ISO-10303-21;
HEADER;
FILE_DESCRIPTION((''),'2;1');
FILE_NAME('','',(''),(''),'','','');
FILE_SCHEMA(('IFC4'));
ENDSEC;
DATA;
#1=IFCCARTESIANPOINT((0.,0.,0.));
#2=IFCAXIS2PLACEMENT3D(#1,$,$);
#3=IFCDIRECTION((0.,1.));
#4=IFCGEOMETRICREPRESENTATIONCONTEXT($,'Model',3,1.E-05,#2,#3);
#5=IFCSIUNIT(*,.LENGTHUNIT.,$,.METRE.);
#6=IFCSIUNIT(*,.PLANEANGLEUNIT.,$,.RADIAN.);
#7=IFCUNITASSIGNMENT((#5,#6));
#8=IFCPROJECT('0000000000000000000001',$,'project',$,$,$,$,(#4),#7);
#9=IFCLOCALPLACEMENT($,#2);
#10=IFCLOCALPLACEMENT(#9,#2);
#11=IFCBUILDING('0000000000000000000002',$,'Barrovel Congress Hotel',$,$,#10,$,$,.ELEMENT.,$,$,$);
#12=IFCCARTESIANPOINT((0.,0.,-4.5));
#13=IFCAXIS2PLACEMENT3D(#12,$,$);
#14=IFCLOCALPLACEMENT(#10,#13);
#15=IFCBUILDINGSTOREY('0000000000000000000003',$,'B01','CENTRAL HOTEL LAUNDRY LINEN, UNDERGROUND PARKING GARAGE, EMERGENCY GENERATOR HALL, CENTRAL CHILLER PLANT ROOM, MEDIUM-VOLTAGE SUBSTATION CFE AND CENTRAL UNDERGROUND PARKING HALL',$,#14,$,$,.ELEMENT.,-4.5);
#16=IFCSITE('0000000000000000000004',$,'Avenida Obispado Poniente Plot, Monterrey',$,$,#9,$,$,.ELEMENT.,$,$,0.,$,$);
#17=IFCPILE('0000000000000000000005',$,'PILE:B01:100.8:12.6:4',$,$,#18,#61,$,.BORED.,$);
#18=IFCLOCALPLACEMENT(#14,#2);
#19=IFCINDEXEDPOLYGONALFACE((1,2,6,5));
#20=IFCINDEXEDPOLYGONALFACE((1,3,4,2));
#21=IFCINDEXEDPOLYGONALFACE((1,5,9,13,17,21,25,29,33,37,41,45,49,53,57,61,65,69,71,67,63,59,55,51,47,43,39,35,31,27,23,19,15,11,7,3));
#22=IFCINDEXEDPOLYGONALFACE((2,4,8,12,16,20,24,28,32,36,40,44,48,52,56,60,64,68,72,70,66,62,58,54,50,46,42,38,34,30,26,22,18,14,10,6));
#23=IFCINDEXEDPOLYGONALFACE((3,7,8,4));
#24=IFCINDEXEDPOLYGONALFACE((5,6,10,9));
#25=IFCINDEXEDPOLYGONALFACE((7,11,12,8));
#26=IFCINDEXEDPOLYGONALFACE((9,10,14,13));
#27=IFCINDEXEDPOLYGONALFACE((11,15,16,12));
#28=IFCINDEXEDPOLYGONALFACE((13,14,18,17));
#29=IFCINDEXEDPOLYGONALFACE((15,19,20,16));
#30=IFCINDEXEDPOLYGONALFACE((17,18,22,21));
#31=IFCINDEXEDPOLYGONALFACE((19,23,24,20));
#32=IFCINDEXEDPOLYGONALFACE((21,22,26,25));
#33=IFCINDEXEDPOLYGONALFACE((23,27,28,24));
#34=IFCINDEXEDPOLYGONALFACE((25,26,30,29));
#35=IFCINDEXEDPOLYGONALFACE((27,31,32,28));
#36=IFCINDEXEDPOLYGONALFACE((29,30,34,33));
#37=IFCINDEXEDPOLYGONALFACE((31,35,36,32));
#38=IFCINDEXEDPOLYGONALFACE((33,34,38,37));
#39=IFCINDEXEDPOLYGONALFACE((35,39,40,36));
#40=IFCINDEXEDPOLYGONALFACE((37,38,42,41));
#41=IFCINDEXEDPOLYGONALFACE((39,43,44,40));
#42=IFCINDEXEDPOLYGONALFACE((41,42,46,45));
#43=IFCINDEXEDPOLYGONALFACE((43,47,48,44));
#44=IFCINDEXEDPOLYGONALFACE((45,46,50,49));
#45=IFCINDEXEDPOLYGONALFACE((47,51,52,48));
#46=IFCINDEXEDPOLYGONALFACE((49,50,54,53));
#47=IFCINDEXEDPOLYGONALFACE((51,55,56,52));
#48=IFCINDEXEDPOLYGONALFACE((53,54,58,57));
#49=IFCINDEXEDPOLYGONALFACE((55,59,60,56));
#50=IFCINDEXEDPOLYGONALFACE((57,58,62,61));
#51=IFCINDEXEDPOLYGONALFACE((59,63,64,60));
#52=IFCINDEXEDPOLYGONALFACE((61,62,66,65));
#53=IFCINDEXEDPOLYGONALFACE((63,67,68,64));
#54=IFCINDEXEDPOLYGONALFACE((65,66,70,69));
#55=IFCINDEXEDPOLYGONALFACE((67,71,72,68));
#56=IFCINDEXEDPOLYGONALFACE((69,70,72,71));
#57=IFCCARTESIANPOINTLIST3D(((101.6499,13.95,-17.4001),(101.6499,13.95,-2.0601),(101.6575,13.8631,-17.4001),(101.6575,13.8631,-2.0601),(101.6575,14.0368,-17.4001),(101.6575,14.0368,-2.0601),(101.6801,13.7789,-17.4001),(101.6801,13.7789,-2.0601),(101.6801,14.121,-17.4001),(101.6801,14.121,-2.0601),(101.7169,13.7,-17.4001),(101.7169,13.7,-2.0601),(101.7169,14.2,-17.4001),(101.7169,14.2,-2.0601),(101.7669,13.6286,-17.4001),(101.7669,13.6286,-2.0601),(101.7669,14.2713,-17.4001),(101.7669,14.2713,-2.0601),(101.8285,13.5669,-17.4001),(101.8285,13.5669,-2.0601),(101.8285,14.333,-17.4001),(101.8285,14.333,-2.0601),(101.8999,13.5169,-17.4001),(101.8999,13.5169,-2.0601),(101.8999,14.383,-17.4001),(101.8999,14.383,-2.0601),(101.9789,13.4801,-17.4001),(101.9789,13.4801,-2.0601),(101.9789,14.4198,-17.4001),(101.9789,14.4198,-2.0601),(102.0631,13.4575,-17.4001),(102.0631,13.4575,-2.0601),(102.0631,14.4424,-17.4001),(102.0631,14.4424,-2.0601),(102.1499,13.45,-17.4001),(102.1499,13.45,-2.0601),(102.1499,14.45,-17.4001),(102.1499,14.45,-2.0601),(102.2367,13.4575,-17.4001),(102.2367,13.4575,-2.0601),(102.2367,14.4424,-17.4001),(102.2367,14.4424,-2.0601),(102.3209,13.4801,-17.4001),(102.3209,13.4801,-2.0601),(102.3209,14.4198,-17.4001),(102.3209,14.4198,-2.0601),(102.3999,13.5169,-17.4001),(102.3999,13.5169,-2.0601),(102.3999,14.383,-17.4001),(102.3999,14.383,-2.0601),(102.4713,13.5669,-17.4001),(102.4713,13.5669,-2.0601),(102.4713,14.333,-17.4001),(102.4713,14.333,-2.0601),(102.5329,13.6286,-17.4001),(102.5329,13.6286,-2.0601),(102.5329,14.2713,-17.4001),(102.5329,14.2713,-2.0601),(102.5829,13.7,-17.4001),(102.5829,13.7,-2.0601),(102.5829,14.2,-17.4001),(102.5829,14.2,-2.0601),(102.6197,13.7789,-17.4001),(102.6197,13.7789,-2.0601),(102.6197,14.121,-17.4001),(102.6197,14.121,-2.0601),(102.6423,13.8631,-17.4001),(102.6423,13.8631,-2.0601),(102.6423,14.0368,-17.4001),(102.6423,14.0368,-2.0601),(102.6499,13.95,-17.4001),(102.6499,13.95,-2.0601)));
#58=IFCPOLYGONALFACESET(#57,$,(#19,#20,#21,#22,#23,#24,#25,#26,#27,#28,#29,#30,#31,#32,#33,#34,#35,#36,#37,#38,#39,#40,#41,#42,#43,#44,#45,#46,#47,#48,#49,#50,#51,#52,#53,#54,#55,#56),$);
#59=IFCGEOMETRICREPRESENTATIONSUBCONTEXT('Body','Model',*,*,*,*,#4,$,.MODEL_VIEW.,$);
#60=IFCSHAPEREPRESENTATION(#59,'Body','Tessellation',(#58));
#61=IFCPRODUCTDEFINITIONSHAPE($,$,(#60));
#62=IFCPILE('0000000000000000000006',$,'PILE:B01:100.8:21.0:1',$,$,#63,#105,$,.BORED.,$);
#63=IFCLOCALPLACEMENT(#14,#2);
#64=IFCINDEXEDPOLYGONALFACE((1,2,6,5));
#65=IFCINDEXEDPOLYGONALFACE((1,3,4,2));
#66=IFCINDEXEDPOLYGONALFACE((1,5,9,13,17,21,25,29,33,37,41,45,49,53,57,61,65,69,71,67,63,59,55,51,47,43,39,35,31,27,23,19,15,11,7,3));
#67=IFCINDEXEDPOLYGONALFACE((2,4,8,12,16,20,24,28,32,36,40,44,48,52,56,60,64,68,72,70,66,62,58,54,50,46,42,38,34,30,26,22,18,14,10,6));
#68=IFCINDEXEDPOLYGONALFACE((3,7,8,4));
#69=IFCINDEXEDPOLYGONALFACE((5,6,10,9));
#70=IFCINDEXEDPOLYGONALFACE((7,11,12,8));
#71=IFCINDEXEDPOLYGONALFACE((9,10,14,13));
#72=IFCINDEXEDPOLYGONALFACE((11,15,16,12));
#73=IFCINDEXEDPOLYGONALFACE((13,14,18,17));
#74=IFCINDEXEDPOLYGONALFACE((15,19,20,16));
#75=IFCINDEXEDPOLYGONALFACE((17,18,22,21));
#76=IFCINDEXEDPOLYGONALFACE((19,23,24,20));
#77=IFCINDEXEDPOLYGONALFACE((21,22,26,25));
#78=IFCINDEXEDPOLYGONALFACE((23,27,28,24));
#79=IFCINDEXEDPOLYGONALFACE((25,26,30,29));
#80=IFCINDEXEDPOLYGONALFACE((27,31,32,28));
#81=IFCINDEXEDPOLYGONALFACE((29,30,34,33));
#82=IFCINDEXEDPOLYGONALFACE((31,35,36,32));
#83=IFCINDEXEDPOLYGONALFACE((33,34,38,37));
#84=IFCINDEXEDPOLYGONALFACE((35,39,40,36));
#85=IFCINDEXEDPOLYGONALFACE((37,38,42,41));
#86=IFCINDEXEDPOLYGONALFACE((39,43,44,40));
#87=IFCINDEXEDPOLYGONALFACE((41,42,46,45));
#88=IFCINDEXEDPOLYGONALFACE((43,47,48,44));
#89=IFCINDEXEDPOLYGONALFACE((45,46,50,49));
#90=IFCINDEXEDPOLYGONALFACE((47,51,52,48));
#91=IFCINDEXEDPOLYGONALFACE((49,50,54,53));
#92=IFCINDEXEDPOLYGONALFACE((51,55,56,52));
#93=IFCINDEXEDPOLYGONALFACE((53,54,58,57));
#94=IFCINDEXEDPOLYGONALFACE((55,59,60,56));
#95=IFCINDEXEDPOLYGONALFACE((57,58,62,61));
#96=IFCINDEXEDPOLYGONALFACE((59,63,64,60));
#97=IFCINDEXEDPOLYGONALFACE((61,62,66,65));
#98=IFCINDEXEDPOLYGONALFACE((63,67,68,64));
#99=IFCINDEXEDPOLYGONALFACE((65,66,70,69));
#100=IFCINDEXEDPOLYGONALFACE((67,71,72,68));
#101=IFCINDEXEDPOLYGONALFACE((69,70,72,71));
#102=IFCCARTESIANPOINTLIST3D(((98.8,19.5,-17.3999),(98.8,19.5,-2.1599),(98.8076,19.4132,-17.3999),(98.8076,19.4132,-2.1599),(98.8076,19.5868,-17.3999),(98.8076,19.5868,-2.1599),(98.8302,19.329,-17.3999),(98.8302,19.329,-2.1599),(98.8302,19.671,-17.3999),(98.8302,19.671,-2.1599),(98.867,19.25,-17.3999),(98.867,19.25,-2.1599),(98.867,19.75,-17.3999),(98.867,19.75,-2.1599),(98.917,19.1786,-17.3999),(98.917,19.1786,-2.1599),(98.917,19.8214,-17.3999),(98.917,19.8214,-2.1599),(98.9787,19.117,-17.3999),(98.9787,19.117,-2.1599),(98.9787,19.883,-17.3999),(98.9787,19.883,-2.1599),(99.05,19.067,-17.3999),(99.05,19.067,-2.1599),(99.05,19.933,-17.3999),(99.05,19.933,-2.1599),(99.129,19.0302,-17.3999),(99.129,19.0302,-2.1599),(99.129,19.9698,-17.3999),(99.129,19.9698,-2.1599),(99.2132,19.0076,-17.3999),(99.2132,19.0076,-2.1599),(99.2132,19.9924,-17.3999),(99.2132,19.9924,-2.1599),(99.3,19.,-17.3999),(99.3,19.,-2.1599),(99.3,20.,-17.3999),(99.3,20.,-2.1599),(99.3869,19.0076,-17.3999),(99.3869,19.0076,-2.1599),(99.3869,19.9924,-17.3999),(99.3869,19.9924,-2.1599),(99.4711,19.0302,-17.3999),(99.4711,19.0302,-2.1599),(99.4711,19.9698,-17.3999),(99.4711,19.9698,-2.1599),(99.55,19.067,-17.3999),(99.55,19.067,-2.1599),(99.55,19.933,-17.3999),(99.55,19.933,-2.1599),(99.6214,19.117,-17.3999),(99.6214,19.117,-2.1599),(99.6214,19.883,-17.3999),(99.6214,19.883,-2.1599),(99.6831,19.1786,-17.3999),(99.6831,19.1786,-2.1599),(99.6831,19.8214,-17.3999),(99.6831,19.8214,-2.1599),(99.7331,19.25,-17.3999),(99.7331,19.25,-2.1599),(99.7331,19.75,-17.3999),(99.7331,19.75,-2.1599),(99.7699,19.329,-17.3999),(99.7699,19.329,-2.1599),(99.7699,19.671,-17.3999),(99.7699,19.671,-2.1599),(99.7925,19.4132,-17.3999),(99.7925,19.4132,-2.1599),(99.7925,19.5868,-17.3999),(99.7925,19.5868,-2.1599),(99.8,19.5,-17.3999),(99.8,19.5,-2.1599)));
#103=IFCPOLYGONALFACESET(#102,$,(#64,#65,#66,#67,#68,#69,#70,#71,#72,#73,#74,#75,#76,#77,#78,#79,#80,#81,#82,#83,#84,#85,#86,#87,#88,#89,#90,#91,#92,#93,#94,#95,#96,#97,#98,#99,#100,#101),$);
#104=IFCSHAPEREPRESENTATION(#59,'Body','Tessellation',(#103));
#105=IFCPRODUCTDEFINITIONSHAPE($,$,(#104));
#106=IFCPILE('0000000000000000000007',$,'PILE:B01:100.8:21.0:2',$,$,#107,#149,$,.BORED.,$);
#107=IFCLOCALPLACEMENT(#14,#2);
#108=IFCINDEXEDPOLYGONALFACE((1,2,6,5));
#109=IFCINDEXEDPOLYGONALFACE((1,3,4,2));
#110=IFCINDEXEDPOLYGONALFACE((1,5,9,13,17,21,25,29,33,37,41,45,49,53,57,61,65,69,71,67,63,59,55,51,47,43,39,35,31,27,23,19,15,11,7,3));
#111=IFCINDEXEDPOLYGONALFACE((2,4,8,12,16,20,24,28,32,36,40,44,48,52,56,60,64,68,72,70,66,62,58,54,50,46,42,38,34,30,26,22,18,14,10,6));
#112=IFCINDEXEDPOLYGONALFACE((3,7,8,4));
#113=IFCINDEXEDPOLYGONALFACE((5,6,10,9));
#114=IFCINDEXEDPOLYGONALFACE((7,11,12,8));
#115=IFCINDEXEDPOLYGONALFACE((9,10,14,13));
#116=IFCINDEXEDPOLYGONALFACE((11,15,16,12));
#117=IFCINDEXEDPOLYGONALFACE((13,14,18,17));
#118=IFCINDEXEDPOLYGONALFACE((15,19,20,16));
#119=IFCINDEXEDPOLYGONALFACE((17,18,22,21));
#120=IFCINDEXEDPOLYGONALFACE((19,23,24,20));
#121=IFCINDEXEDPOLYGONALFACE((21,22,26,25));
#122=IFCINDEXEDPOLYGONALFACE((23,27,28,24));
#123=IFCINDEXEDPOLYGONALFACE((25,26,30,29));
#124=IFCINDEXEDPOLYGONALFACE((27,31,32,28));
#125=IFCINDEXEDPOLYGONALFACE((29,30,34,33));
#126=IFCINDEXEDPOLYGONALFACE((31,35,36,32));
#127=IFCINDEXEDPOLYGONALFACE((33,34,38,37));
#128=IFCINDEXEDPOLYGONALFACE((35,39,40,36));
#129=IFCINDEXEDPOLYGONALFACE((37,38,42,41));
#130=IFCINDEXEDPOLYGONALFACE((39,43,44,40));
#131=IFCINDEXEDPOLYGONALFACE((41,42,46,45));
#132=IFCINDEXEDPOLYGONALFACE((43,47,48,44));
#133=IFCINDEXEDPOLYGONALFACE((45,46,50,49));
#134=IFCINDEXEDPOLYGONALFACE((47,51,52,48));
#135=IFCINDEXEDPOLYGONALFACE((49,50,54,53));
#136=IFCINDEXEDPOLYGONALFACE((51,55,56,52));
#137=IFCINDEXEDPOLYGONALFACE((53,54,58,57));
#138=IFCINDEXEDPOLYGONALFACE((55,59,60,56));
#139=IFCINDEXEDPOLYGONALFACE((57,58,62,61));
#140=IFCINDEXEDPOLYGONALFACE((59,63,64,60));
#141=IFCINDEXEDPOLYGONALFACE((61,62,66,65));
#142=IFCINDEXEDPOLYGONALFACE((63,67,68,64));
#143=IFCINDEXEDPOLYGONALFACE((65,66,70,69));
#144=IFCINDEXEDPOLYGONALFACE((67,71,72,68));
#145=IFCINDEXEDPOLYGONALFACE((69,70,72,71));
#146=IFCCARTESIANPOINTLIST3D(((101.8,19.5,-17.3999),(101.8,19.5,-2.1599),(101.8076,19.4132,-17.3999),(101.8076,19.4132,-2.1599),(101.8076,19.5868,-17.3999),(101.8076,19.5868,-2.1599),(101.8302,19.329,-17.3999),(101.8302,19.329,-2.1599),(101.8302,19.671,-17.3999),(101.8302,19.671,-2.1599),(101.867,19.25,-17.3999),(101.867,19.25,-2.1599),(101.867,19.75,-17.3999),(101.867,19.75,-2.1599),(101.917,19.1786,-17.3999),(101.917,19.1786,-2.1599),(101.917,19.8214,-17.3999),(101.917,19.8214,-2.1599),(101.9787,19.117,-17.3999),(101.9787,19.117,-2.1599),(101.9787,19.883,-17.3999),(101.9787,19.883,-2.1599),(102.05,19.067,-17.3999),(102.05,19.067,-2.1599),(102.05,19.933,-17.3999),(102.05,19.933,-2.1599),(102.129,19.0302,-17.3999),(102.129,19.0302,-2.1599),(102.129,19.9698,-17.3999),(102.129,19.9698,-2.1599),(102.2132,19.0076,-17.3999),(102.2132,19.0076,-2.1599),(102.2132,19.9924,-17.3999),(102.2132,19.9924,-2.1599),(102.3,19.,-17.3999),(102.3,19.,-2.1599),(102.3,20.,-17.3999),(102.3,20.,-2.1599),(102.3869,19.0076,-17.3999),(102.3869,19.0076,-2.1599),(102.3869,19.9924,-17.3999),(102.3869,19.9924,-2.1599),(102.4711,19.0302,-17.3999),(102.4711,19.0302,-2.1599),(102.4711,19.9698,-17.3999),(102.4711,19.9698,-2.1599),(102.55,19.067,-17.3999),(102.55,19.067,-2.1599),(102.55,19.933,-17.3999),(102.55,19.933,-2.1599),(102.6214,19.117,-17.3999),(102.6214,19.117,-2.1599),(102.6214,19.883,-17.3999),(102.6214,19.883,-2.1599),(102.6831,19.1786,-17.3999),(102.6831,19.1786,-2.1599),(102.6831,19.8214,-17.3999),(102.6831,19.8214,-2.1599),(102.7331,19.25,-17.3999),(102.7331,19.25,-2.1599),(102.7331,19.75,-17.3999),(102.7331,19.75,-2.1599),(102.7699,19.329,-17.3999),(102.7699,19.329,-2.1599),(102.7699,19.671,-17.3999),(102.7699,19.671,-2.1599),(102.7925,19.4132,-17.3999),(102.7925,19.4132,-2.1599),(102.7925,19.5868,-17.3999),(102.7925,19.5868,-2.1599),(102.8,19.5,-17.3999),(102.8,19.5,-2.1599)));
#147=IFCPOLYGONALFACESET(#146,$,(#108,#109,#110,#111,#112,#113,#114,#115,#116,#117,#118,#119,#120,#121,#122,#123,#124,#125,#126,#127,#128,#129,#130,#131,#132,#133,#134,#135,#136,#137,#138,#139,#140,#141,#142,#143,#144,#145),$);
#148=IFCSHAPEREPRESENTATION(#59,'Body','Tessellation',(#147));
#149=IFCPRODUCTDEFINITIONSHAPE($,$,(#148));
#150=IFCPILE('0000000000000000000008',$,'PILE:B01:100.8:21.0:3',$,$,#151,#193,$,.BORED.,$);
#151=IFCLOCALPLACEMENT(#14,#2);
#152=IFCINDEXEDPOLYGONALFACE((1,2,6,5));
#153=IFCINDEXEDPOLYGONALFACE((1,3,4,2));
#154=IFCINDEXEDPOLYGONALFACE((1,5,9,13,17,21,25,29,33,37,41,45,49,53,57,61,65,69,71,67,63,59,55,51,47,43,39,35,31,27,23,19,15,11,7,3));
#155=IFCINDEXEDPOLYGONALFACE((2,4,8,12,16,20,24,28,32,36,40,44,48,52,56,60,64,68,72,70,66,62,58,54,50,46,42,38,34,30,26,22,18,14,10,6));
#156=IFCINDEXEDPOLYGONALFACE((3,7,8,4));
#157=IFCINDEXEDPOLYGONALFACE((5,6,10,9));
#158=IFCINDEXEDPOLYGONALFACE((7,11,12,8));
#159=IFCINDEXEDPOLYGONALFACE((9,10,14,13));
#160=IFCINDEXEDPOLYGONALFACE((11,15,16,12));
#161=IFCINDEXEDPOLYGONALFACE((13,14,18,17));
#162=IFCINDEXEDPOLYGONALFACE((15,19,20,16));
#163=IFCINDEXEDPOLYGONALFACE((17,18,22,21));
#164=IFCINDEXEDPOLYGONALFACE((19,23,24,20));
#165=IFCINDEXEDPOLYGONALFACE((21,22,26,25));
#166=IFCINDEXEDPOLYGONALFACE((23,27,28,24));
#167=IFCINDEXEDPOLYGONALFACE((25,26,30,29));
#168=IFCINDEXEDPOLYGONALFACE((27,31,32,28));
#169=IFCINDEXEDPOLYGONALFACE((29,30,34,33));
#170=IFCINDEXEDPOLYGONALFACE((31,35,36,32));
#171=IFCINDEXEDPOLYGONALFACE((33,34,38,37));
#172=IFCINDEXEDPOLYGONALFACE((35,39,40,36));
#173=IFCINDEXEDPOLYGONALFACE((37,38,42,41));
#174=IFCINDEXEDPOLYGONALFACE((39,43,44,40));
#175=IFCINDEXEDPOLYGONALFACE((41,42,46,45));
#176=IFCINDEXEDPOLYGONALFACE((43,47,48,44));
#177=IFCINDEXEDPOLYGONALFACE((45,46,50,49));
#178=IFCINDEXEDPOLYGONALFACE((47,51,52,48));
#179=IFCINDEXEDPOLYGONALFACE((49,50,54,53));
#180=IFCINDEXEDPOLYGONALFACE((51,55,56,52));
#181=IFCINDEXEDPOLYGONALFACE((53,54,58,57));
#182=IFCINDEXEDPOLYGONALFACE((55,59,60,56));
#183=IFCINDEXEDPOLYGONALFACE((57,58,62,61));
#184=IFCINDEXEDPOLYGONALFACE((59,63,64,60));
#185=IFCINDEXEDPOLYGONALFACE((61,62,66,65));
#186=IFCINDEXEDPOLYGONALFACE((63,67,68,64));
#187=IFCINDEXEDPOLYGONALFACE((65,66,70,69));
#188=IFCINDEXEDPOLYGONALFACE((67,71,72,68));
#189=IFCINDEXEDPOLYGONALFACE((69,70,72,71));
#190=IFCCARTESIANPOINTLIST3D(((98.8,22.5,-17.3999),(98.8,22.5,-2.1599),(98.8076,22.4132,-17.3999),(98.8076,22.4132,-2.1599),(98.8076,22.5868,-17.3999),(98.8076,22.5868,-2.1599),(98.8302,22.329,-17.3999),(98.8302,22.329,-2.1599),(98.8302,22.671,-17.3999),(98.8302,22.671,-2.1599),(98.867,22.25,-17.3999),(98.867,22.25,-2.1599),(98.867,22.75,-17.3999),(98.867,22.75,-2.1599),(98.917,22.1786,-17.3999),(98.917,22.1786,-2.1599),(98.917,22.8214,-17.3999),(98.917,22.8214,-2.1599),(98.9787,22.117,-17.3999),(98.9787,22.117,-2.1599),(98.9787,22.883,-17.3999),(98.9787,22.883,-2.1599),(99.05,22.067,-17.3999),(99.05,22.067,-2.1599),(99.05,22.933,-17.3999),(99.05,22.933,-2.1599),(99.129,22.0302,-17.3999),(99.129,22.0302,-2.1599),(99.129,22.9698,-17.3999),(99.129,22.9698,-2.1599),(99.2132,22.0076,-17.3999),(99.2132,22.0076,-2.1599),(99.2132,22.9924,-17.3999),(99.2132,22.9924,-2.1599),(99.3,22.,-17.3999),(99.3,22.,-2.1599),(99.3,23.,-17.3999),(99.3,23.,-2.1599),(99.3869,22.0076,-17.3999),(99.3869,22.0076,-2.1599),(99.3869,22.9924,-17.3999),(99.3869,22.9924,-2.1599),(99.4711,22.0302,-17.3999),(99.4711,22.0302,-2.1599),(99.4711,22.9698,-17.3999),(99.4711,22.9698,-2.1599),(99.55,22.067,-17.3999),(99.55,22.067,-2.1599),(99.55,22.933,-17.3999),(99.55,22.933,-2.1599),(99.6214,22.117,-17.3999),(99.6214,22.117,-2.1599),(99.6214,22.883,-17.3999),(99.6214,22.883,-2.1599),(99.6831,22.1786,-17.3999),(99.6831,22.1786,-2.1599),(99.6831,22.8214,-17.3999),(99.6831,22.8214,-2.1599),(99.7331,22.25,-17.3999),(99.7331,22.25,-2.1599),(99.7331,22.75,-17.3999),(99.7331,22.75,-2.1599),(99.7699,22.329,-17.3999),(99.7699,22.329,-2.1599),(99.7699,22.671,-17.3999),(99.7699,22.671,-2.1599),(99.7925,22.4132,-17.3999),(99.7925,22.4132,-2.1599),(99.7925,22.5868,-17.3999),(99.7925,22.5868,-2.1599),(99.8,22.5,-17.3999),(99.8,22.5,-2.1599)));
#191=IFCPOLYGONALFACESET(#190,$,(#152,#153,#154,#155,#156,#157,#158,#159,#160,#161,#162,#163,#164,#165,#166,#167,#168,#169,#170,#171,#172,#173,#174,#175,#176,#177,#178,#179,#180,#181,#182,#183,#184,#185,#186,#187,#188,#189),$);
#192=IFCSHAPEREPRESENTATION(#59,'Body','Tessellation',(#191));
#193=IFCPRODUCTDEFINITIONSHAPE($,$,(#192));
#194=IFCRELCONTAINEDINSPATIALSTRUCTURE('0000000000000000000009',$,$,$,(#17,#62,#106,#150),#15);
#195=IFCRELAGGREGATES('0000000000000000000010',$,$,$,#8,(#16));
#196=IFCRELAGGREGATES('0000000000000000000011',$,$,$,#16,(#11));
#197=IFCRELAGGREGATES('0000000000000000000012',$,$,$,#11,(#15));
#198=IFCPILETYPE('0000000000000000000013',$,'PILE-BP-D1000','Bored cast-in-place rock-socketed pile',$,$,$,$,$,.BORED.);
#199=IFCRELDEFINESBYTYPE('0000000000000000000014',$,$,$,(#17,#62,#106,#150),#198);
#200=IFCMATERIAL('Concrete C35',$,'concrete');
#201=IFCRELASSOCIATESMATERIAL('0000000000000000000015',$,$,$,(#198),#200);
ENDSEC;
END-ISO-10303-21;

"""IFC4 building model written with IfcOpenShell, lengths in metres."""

from ifc_helpers import new_model, si_unit, direction, frame, origin, origin_2d, place, context, subcontext, project, spatial, circle, extrude, material, material_profile, profile_set, type_object, element, save


model = new_model("IFC4")

# Units and contexts
model_context = context("Model", 3, precision=1e-05, world=origin(), true_north=direction((0.0, 1.0)))
body_context = subcontext(model_context, "Body", "Model", "MODEL_VIEW")
ifc_project = project(units=[si_unit("LENGTHUNIT", "METRE"), si_unit("PLANEANGLEUNIT", "RADIAN")], contexts=[model_context])

# Site, building, storey
site_placement = place(None, origin())
site = spatial("IfcSite", under=ifc_project, at=site_placement, Name="Avenida Obispado Poniente Plot, Monterrey", CompositionType="ELEMENT", RefElevation=0.0)
building_placement = place(site_placement, origin())
building = spatial("IfcBuilding", under=site, at=building_placement, Name="Barrovel Congress Hotel", CompositionType="ELEMENT")
storey_placement = place(building_placement, frame((0.0, 0.0, -4.5)))
storey = spatial("IfcBuildingStorey", under=building, at=storey_placement, Name="B01", Description="CENTRAL HOTEL LAUNDRY LINEN, UNDERGROUND PARKING GARAGE, EMERGENCY GENERATOR HALL, CENTRAL CHILLER PLANT ROOM, MEDIUM-VOLTAGE SUBSTATION CFE AND CENTRAL UNDERGROUND PARKING HALL", CompositionType="ELEMENT", Elevation=-4.5)

# Piles
ifc_material_1 = material(Name="Concrete C35", Category="concrete")
ifc_material_profile_1 = material_profile(ifc_material_1, circle(Radius=0.5, at=origin_2d()), Name="BP-D1000")
ifc_profile_set_1 = profile_set([ifc_material_profile_1], Name="Concrete C35")
pile_type_1 = type_object("IfcPileType", Name="PILE-BP-D1000", Description="Bored cast-in-place rock-socketed pile", PredefinedType="BORED", material=ifc_profile_set_1)
for number, where, z_axis, x_axis, name in (
    (1, (102.1499, 13.95, -2.0601), (0.0, 0.0, -1.0), (1.0, 0.0, 0.0), "PILE:B01:100.8:12.6:4"),
):
    element("IfcPile", number, at=place(storey_placement, frame(where, z_axis=z_axis, x_axis=x_axis)), inside=storey, type_object=pile_type_1, Name=name, PredefinedType="BORED", context=body_context, shape_type="SweptSolid", body=[
        extrude(circle(Radius=0.5, at=origin_2d()), origin(), (0.0, 0.0, 1.0), 15.3401),
    ])
for number, where, z_axis, x_axis, name in (
    (2, (99.3, 19.5, -2.1599), (0.0, 0.0, -1.0), (1.0, 0.0, 0.0), "PILE:B01:100.8:21.0:1"),
    (3, (102.3, 19.5, -2.1599), (0.0, 0.0, -1.0), (1.0, 0.0, 0.0), "PILE:B01:100.8:21.0:2"),
    (4, (99.3, 22.5, -2.1599), (0.0, 0.0, -1.0), (1.0, 0.0, 0.0), "PILE:B01:100.8:21.0:3"),
):
    element("IfcPile", number, at=place(storey_placement, frame(where, z_axis=z_axis, x_axis=x_axis)), inside=storey, type_object=pile_type_1, Name=name, PredefinedType="BORED", context=body_context, shape_type="SweptSolid", body=[
        extrude(circle(Radius=0.5, at=origin_2d()), origin(), (0.0, 0.0, 1.0), 15.24),
    ])

save(model, "model.ifc")
